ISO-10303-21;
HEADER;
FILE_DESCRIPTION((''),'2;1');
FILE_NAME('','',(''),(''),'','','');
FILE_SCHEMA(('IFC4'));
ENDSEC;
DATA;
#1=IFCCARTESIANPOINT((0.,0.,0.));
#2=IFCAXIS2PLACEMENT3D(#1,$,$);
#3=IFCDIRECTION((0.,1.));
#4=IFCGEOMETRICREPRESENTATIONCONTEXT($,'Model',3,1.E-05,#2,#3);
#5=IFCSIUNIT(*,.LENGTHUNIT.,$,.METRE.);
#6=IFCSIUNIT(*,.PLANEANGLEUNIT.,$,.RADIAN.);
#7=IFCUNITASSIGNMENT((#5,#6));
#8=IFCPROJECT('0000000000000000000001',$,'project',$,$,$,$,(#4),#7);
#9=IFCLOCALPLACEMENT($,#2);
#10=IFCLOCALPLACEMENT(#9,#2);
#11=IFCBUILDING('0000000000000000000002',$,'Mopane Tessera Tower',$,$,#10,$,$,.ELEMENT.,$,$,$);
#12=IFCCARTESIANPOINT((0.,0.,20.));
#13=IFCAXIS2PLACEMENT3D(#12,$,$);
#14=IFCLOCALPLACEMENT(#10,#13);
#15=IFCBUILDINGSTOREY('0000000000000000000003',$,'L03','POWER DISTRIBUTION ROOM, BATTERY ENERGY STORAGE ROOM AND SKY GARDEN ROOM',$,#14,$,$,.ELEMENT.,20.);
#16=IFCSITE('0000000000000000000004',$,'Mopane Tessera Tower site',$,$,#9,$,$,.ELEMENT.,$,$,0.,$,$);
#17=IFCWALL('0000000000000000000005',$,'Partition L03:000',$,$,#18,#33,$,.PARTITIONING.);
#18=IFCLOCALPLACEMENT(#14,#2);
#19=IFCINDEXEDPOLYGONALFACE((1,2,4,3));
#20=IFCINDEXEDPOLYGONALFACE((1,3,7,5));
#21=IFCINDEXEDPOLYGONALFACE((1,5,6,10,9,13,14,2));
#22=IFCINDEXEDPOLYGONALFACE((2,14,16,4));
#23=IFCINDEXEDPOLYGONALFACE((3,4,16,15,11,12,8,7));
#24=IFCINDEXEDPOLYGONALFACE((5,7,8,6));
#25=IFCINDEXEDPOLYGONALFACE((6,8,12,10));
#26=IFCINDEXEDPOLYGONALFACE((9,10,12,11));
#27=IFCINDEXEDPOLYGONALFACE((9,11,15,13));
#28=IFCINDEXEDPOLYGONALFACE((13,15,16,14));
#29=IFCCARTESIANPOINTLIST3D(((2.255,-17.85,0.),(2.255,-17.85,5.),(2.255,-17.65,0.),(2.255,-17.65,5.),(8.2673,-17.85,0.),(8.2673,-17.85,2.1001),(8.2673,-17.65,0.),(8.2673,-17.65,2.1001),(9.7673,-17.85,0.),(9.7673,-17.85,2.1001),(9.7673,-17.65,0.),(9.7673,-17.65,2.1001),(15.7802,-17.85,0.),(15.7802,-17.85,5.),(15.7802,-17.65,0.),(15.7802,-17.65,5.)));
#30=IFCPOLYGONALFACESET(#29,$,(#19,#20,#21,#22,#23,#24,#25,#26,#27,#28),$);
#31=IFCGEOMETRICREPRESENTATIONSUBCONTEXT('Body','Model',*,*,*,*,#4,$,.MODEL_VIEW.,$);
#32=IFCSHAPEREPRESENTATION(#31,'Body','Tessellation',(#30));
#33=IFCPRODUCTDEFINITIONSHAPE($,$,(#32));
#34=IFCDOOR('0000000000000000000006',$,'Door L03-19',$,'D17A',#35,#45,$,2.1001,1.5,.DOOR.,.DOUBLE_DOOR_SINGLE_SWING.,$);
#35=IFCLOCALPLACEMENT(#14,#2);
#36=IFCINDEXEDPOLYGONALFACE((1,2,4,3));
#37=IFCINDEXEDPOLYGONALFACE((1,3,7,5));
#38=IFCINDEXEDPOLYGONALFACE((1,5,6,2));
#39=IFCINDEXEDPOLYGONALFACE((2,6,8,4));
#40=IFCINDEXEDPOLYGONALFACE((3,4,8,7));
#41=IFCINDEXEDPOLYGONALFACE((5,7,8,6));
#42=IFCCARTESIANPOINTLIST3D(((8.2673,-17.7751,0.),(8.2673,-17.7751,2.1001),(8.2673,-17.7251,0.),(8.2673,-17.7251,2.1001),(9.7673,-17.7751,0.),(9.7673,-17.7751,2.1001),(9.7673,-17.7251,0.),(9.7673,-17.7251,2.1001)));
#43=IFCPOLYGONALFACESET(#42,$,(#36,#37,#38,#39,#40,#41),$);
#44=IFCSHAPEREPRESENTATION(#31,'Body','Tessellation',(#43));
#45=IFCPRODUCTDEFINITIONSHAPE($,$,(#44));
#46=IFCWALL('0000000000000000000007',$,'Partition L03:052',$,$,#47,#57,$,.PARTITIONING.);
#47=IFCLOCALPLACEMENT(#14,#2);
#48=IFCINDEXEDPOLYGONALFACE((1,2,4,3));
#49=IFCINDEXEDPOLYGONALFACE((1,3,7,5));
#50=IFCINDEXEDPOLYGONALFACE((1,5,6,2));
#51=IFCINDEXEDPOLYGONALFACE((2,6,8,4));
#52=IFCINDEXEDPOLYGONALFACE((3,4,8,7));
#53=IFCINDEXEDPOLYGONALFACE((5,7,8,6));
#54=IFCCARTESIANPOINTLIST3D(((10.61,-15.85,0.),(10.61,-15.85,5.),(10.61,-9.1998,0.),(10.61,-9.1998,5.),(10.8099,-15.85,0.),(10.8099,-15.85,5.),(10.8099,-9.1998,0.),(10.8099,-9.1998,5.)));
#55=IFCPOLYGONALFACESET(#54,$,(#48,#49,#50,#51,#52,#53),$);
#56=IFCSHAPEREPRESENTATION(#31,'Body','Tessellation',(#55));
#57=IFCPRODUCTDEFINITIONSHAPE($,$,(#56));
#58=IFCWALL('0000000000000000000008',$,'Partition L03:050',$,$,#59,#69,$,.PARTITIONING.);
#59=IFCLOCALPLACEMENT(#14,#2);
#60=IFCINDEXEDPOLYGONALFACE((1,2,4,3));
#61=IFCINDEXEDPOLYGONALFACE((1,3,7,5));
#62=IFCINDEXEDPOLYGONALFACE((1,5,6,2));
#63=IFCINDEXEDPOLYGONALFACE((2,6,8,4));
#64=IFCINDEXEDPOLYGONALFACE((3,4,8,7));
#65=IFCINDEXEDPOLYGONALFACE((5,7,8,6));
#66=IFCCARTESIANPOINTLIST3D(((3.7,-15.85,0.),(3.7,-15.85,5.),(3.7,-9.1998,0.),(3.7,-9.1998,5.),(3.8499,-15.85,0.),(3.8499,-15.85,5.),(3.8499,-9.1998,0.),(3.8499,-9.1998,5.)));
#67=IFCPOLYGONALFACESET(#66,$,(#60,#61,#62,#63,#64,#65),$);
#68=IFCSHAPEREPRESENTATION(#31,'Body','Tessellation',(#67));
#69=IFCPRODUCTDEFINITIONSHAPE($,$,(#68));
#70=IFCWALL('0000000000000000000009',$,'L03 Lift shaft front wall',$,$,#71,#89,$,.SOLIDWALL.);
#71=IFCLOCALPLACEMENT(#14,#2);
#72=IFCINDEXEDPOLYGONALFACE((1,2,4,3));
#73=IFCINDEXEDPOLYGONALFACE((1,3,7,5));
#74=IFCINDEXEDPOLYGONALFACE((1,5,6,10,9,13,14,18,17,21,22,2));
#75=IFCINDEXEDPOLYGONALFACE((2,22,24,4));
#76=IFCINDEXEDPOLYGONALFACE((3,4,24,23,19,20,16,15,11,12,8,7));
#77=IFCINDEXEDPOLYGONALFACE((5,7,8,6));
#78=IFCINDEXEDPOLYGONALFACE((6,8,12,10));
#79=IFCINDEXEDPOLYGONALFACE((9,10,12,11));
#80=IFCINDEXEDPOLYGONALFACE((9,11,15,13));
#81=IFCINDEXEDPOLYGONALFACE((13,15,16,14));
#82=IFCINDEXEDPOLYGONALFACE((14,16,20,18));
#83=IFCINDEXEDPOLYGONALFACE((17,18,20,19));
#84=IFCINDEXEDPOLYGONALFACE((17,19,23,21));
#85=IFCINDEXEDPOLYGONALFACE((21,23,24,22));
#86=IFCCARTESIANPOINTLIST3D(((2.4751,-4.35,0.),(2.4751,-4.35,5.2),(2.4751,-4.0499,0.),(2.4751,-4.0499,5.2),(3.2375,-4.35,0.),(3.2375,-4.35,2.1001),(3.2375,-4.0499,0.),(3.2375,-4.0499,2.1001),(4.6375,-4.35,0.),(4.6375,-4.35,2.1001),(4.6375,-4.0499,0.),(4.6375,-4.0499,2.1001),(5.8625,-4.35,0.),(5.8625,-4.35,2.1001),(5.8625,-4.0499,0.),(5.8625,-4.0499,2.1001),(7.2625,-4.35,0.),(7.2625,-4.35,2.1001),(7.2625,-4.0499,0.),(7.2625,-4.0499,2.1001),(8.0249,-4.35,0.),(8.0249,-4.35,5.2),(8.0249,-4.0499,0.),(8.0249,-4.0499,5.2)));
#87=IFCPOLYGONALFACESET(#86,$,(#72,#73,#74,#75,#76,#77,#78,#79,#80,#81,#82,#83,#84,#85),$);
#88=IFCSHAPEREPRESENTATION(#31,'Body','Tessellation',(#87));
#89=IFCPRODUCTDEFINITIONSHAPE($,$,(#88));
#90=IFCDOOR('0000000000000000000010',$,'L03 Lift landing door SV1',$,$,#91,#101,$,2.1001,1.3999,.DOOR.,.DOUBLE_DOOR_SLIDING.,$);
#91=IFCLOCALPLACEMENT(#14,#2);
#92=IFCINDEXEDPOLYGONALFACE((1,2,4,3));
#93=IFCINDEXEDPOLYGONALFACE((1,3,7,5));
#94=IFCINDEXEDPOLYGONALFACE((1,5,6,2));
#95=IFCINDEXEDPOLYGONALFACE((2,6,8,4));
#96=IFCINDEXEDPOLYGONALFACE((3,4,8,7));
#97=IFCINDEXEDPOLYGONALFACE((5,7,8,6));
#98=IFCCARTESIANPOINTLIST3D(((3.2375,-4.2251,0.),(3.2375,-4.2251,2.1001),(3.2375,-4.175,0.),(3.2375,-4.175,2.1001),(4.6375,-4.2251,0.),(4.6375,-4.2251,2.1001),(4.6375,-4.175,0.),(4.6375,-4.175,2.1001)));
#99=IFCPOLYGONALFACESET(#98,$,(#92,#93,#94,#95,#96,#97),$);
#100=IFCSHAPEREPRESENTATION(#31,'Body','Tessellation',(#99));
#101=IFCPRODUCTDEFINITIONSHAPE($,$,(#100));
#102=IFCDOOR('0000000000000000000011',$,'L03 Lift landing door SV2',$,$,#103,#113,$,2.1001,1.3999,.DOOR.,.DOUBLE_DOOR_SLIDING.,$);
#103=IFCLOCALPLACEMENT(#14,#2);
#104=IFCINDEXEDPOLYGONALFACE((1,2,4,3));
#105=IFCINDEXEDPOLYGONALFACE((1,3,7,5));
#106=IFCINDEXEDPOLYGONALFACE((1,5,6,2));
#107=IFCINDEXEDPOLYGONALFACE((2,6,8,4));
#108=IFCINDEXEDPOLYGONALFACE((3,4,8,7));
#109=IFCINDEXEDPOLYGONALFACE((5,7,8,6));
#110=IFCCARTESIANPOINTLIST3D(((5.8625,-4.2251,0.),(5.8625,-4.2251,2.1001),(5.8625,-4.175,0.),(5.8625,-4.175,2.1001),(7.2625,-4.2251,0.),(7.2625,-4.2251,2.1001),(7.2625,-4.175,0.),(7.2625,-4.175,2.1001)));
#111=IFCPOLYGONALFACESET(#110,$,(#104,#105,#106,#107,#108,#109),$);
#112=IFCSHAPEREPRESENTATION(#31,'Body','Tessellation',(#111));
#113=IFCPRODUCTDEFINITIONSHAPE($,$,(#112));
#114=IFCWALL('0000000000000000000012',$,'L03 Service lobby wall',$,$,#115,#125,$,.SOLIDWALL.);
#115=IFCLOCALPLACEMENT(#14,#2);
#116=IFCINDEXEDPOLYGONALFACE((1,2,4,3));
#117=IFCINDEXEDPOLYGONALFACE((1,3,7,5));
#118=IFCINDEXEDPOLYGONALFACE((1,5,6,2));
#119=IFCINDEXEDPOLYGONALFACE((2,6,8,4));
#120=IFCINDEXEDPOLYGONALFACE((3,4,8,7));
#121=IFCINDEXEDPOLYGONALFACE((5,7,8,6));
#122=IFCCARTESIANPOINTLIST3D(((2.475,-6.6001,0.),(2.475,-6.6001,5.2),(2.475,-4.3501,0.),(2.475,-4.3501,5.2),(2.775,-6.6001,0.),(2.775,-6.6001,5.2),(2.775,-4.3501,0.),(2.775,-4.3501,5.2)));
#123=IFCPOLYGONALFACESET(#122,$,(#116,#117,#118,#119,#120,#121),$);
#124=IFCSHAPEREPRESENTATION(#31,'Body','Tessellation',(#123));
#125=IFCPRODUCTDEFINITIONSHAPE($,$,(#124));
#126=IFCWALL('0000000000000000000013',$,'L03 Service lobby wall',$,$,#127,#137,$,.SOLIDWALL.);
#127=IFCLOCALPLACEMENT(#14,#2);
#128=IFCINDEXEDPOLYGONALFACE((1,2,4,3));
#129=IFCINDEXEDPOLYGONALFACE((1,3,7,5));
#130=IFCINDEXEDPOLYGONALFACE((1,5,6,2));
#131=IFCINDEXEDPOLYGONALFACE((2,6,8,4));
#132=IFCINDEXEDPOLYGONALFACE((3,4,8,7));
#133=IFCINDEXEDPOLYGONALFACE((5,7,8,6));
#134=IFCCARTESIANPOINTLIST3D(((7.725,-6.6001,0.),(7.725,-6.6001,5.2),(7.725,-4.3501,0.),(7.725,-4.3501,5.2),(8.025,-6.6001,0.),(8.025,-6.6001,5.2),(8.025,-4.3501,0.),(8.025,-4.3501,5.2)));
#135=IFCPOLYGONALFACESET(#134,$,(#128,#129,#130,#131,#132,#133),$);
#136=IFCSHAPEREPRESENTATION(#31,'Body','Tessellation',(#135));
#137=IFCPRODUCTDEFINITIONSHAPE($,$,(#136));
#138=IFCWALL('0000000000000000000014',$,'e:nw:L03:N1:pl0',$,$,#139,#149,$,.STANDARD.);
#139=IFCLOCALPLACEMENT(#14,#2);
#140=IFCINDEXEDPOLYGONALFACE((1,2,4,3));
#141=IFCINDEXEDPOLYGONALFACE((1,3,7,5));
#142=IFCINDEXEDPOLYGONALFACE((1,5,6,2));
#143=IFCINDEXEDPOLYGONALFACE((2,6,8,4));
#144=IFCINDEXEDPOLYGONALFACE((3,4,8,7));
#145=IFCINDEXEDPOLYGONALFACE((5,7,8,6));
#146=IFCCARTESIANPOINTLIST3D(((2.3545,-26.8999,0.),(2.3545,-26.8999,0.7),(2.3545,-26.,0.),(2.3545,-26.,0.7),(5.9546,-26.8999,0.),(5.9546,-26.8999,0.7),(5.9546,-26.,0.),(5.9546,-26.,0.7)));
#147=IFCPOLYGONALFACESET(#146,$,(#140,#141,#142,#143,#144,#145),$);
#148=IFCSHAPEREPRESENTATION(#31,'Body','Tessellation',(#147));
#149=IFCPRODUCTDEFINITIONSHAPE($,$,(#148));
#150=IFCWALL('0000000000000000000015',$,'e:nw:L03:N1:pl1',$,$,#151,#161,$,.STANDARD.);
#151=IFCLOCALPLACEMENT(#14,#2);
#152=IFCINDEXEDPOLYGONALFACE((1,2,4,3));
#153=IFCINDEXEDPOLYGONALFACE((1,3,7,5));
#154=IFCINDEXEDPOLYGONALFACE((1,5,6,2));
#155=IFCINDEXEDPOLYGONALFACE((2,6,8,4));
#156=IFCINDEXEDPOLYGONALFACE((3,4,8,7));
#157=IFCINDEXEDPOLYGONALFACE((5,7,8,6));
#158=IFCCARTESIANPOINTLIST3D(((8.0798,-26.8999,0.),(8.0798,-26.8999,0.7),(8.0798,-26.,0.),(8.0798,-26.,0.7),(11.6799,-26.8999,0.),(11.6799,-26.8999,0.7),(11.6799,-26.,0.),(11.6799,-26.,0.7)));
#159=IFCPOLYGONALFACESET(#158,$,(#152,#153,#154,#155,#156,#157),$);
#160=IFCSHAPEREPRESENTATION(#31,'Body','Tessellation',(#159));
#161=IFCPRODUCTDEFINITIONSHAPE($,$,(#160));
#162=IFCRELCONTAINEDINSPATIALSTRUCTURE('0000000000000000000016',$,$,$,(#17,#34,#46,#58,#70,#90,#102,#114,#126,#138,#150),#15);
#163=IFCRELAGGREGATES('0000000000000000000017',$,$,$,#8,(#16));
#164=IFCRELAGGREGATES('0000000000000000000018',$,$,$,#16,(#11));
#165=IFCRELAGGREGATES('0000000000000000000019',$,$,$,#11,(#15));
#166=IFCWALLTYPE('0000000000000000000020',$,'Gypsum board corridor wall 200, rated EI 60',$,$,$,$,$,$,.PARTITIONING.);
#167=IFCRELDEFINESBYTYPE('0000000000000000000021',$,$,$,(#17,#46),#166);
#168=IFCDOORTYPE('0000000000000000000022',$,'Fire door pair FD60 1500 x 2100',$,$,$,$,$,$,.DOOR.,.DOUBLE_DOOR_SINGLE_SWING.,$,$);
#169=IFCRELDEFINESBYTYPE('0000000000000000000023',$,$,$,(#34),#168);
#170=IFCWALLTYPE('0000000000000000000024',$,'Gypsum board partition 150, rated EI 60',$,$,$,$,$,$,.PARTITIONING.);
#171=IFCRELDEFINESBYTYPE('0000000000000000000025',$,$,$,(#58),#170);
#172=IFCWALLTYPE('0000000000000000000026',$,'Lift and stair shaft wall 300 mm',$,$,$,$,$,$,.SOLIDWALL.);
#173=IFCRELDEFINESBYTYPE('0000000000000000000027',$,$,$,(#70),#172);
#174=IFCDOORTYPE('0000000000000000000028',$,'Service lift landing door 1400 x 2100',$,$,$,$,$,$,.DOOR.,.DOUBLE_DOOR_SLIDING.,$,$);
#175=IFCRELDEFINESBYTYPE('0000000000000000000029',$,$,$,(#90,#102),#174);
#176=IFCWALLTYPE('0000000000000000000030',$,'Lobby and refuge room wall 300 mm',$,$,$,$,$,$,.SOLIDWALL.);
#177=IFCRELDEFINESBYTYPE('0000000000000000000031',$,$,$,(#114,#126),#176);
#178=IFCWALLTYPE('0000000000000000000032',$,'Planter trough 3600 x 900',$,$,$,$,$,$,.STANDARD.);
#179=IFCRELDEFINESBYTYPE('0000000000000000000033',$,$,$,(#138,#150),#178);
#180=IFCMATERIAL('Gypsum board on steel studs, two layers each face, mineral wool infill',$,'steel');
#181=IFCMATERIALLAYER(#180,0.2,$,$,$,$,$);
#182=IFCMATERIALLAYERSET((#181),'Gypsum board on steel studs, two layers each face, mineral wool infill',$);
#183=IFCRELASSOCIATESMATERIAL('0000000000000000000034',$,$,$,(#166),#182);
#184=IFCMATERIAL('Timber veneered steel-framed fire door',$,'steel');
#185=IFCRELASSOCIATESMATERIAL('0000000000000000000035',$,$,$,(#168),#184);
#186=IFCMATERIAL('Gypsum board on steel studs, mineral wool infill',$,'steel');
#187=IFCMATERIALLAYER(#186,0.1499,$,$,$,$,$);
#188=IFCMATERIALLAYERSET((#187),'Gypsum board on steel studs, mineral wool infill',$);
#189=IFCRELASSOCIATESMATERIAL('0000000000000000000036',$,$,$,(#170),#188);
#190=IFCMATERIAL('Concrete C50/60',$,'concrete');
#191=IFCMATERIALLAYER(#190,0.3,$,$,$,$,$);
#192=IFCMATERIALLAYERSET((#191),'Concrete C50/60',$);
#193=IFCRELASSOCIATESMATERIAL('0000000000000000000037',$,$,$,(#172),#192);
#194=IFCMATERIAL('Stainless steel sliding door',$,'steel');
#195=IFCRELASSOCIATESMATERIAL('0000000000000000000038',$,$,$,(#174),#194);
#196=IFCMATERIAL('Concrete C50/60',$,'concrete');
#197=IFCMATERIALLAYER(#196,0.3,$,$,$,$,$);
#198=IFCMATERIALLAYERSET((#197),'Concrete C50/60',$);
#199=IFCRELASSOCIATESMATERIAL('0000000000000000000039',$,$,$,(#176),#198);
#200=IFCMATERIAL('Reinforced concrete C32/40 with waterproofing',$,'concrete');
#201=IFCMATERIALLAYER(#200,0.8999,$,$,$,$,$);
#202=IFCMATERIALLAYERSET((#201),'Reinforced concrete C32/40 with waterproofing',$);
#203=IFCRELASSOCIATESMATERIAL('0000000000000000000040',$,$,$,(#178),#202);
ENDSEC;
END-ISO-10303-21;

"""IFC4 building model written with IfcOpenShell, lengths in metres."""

from ifc_helpers import new_model, si_unit, direction, frame, frame_2d, origin, place, context, subcontext, project, spatial, rectangle, extrude, material, layer, layer_set, type_object, element, fill, save


model = new_model("IFC4")

# Units and contexts
model_context = context("Model", 3, precision=1e-05, world=origin(), true_north=direction((0.0, 1.0)))
body_context = subcontext(model_context, "Body", "Model", "MODEL_VIEW")
ifc_project = project(units=[si_unit("LENGTHUNIT", "METRE"), si_unit("PLANEANGLEUNIT", "RADIAN")], contexts=[model_context])

# Site, building, storey
site_placement = place(None, origin())
site = spatial("IfcSite", under=ifc_project, at=site_placement, Name="Mopane Tessera Tower site", CompositionType="ELEMENT", RefElevation=0.0)
building_placement = place(site_placement, origin())
building = spatial("IfcBuilding", under=site, at=building_placement, Name="Mopane Tessera Tower", CompositionType="ELEMENT")
storey_placement = place(building_placement, frame((0.0, 0.0, 20.0)))
storey = spatial("IfcBuildingStorey", under=building, at=storey_placement, Name="L03", Description="POWER DISTRIBUTION ROOM, BATTERY ENERGY STORAGE ROOM AND SKY GARDEN ROOM", CompositionType="ELEMENT", Elevation=20.0)

# Wall, opening, door
ifc_material_1 = material(Name="Gypsum board on steel studs, two layers each face, mineral wool infill", Category="steel")
ifc_layer_1 = layer(ifc_material_1, 0.2)
ifc_layer_set_1 = layer_set([ifc_layer_1], Name="Gypsum board on steel studs, two layers each face, mineral wool infill")
wall_type_1 = type_object("IfcWallType", Name="Gypsum board corridor wall 200, rated EI 60", PredefinedType="PARTITIONING", material=ifc_layer_set_1)
wall_1_placement = place(storey_placement, frame((2.2549, -17.75, 0.0), z_axis=(0.0, 0.0, 1.0), x_axis=(1.0, 0.0, 0.0)))
wall_1 = element("IfcWall", 1, at=wall_1_placement, inside=storey, type_object=wall_type_1, Name="Partition L03:000", PredefinedType="PARTITIONING", context=body_context, shape_type="SweptSolid", body=[
    extrude(rectangle(XDim=13.5251, YDim=0.2, at=frame_2d((6.7627, 0.0))), origin(), (0.0, 0.0, 1.0), 5.0),
])
opening_1_placement = place(wall_1_placement, frame((6.0125, 0.0, 0.0)))
opening_1 = element("IfcOpeningElement", 2, at=opening_1_placement, cuts=wall_1, PredefinedType="OPENING", context=body_context, shape_type="SweptSolid", body=[
    extrude(rectangle(XDim=1.5, YDim=2.1001, at=frame_2d((0.75, 1.05))), frame((0.0, 0.1121, 0.0), z_axis=(0.0, -1.0, 0.0), x_axis=(1.0, 0.0, 0.0)), (0.0, 0.0, 1.0), 0.2239),
])
ifc_material_2 = material(Name="Timber veneered steel-framed fire door", Category="steel")
door_type_1 = type_object("IfcDoorType", Name="Fire door pair FD60 1500 x 2100", OperationType="DOUBLE_DOOR_SINGLE_SWING", PredefinedType="DOOR", material=ifc_material_2)
door_1_placement = place(opening_1_placement, origin())
door_1 = element("IfcDoor", 3, at=door_1_placement, inside=storey, type_object=door_type_1, Name="Door L03-19", ObjectType="D17A", OperationType="DOUBLE_DOOR_SINGLE_SWING", OverallHeight=2.1001, OverallWidth=1.5, PredefinedType="DOOR", context=body_context, shape_type="SweptSolid", body=[
    extrude(rectangle(XDim=1.5, YDim=2.1001, at=frame_2d((0.75, 1.05))), frame((0.0, 0.0249, 0.0), z_axis=(0.0, -1.0, 0.0), x_axis=(1.0, 0.0, 0.0)), (0.0, 0.0, 1.0), 0.05),
])
fill(opening_1, door_1)

# Walls
wall_2_placement = place(storey_placement, frame((10.71, -15.8501, 0.0), z_axis=(0.0, 0.0, 1.0), x_axis=(0.0, 1.0, 0.0)))
element("IfcWall", 4, at=wall_2_placement, inside=storey, type_object=wall_type_1, Name="Partition L03:052", PredefinedType="PARTITIONING", context=body_context, shape_type="SweptSolid", body=[
    extrude(rectangle(XDim=6.6501, YDim=0.2, at=frame_2d((3.3252, 0.0))), origin(), (0.0, 0.0, 1.0), 5.0),
])
ifc_material_3 = material(Name="Gypsum board on steel studs, mineral wool infill", Category="steel")
ifc_layer_2 = layer(ifc_material_3, 0.1499)
ifc_layer_set_2 = layer_set([ifc_layer_2], Name="Gypsum board on steel studs, mineral wool infill")
wall_type_2 = type_object("IfcWallType", Name="Gypsum board partition 150, rated EI 60", PredefinedType="PARTITIONING", material=ifc_layer_set_2)
wall_3_placement = place(storey_placement, frame((3.7749, -15.8501, 0.0), z_axis=(0.0, 0.0, 1.0), x_axis=(0.0, 1.0, 0.0)))
element("IfcWall", 5, at=wall_3_placement, inside=storey, type_object=wall_type_2, Name="Partition L03:050", PredefinedType="PARTITIONING", context=body_context, shape_type="SweptSolid", body=[
    extrude(rectangle(XDim=6.6501, YDim=0.1499, at=frame_2d((3.3252, 0.0))), origin(), (0.0, 0.0, 1.0), 5.0),
])

# Wall, openings, doors
ifc_material_4 = material(Name="Concrete C50/60", Category="concrete")
ifc_layer_3 = layer(ifc_material_4, 0.3)
ifc_layer_set_3 = layer_set([ifc_layer_3], Name="Concrete C50/60")
wall_type_3 = type_object("IfcWallType", Name="Lift and stair shaft wall 300 mm", PredefinedType="SOLIDWALL", material=ifc_layer_set_3)
wall_4_placement = place(storey_placement, frame((2.4751, -4.2, 0.0), z_axis=(0.0, 0.0, 1.0), x_axis=(1.0, 0.0, 0.0)))
wall_4 = element("IfcWall", 6, at=wall_4_placement, inside=storey, type_object=wall_type_3, Name="L03 Lift shaft front wall", PredefinedType="SOLIDWALL", context=body_context, shape_type="SweptSolid", body=[
    extrude(rectangle(XDim=5.5498, YDim=0.3, at=frame_2d((2.7749, 0.0))), origin(), (0.0, 0.0, 1.0), 5.2),
])
opening_2_placement = place(wall_4_placement, frame((0.7625, 0.0, 0.0)))
opening_2 = element("IfcOpeningElement", 7, at=opening_2_placement, cuts=wall_4, PredefinedType="OPENING", context=body_context, shape_type="SweptSolid", body=[
    extrude(rectangle(XDim=1.3999, YDim=2.1001, at=frame_2d((0.7, 1.05))), frame((0.0, 0.1621, 0.0), z_axis=(0.0, -1.0, 0.0), x_axis=(1.0, 0.0, 0.0)), (0.0, 0.0, 1.0), 0.324),
])
opening_3_placement = place(wall_4_placement, frame((3.3875, 0.0, 0.0)))
opening_3 = element("IfcOpeningElement", 8, at=opening_3_placement, cuts=wall_4, PredefinedType="OPENING", context=body_context, shape_type="SweptSolid", body=[
    extrude(rectangle(XDim=1.3999, YDim=2.1001, at=frame_2d((0.7, 1.05))), frame((0.0, 0.1621, 0.0), z_axis=(0.0, -1.0, 0.0), x_axis=(1.0, 0.0, 0.0)), (0.0, 0.0, 1.0), 0.324),
])
ifc_material_5 = material(Name="Stainless steel sliding door", Category="steel")
door_type_2 = type_object("IfcDoorType", Name="Service lift landing door 1400 x 2100", OperationType="DOUBLE_DOOR_SLIDING", PredefinedType="DOOR", material=ifc_material_5)
door_2_placement = place(opening_2_placement, origin())
door_2 = element("IfcDoor", 9, at=door_2_placement, inside=storey, type_object=door_type_2, Name="L03 Lift landing door SV1", OperationType="DOUBLE_DOOR_SLIDING", OverallHeight=2.1001, OverallWidth=1.3999, PredefinedType="DOOR", context=body_context, shape_type="SweptSolid", body=[
    extrude(rectangle(XDim=1.3999, YDim=2.1001, at=frame_2d((0.7, 1.05))), frame((0.0, 0.0249, 0.0), z_axis=(0.0, -1.0, 0.0), x_axis=(1.0, 0.0, 0.0)), (0.0, 0.0, 1.0), 0.05),
])
fill(opening_2, door_2)
door_3_placement = place(opening_3_placement, origin())
door_3 = element("IfcDoor", 10, at=door_3_placement, inside=storey, type_object=door_type_2, Name="L03 Lift landing door SV2", OperationType="DOUBLE_DOOR_SLIDING", OverallHeight=2.1001, OverallWidth=1.3999, PredefinedType="DOOR", context=body_context, shape_type="SweptSolid", body=[
    extrude(rectangle(XDim=1.3999, YDim=2.1001, at=frame_2d((0.7, 1.05))), frame((0.0, 0.0249, 0.0), z_axis=(0.0, -1.0, 0.0), x_axis=(1.0, 0.0, 0.0)), (0.0, 0.0, 1.0), 0.05),
])
fill(opening_3, door_3)

# Walls
ifc_material_6 = material(Name="Concrete C50/60", Category="concrete")
ifc_layer_4 = layer(ifc_material_6, 0.3)
ifc_layer_set_4 = layer_set([ifc_layer_4], Name="Concrete C50/60")
wall_type_4 = type_object("IfcWallType", Name="Lobby and refuge room wall 300 mm", PredefinedType="SOLIDWALL", material=ifc_layer_set_4)
for number, where, z_axis, x_axis, name in (
    (11, (2.625, -6.6001, 0.0), (0.0, 0.0, 1.0), (0.0, 1.0, 0.0), "L03 Service lobby wall"),
    (12, (7.875, -6.6001, 0.0), (0.0, 0.0, 1.0), (0.0, 1.0, 0.0), "L03 Service lobby wall"),
):
    element("IfcWall", number, at=place(storey_placement, frame(where, z_axis=z_axis, x_axis=x_axis)), inside=storey, type_object=wall_type_4, Name=name, PredefinedType="SOLIDWALL", context=body_context, shape_type="SweptSolid", body=[
        extrude(rectangle(XDim=2.25, YDim=0.3, at=frame_2d((1.125, 0.0))), origin(), (0.0, 0.0, 1.0), 5.2),
    ])
ifc_material_7 = material(Name="Reinforced concrete C32/40 with waterproofing", Category="concrete")
ifc_layer_5 = layer(ifc_material_7, 0.8999)
ifc_layer_set_5 = layer_set([ifc_layer_5], Name="Reinforced concrete C32/40 with waterproofing")
wall_type_5 = type_object("IfcWallType", Name="Planter trough 3600 x 900", PredefinedType="STANDARD", material=ifc_layer_set_5)
for number, where, z_axis, x_axis, name in (
    (13, (2.3545, -26.45, 0.0), (0.0, 0.0, 1.0), (1.0, 0.0, 0.0), "e:nw:L03:N1:pl0"),
    (14, (8.0798, -26.45, 0.0), (0.0, 0.0, 1.0), (1.0, 0.0, 0.0), "e:nw:L03:N1:pl1"),
):
    element("IfcWall", number, at=place(storey_placement, frame(where, z_axis=z_axis, x_axis=x_axis)), inside=storey, type_object=wall_type_5, Name=name, PredefinedType="STANDARD", context=body_context, shape_type="SweptSolid", body=[
        extrude(rectangle(XDim=3.6001, YDim=0.8999, at=frame_2d((1.8, 0.0))), origin(), (0.0, 0.0, 1.0), 0.7),
    ])

save(model, "model.ifc")
